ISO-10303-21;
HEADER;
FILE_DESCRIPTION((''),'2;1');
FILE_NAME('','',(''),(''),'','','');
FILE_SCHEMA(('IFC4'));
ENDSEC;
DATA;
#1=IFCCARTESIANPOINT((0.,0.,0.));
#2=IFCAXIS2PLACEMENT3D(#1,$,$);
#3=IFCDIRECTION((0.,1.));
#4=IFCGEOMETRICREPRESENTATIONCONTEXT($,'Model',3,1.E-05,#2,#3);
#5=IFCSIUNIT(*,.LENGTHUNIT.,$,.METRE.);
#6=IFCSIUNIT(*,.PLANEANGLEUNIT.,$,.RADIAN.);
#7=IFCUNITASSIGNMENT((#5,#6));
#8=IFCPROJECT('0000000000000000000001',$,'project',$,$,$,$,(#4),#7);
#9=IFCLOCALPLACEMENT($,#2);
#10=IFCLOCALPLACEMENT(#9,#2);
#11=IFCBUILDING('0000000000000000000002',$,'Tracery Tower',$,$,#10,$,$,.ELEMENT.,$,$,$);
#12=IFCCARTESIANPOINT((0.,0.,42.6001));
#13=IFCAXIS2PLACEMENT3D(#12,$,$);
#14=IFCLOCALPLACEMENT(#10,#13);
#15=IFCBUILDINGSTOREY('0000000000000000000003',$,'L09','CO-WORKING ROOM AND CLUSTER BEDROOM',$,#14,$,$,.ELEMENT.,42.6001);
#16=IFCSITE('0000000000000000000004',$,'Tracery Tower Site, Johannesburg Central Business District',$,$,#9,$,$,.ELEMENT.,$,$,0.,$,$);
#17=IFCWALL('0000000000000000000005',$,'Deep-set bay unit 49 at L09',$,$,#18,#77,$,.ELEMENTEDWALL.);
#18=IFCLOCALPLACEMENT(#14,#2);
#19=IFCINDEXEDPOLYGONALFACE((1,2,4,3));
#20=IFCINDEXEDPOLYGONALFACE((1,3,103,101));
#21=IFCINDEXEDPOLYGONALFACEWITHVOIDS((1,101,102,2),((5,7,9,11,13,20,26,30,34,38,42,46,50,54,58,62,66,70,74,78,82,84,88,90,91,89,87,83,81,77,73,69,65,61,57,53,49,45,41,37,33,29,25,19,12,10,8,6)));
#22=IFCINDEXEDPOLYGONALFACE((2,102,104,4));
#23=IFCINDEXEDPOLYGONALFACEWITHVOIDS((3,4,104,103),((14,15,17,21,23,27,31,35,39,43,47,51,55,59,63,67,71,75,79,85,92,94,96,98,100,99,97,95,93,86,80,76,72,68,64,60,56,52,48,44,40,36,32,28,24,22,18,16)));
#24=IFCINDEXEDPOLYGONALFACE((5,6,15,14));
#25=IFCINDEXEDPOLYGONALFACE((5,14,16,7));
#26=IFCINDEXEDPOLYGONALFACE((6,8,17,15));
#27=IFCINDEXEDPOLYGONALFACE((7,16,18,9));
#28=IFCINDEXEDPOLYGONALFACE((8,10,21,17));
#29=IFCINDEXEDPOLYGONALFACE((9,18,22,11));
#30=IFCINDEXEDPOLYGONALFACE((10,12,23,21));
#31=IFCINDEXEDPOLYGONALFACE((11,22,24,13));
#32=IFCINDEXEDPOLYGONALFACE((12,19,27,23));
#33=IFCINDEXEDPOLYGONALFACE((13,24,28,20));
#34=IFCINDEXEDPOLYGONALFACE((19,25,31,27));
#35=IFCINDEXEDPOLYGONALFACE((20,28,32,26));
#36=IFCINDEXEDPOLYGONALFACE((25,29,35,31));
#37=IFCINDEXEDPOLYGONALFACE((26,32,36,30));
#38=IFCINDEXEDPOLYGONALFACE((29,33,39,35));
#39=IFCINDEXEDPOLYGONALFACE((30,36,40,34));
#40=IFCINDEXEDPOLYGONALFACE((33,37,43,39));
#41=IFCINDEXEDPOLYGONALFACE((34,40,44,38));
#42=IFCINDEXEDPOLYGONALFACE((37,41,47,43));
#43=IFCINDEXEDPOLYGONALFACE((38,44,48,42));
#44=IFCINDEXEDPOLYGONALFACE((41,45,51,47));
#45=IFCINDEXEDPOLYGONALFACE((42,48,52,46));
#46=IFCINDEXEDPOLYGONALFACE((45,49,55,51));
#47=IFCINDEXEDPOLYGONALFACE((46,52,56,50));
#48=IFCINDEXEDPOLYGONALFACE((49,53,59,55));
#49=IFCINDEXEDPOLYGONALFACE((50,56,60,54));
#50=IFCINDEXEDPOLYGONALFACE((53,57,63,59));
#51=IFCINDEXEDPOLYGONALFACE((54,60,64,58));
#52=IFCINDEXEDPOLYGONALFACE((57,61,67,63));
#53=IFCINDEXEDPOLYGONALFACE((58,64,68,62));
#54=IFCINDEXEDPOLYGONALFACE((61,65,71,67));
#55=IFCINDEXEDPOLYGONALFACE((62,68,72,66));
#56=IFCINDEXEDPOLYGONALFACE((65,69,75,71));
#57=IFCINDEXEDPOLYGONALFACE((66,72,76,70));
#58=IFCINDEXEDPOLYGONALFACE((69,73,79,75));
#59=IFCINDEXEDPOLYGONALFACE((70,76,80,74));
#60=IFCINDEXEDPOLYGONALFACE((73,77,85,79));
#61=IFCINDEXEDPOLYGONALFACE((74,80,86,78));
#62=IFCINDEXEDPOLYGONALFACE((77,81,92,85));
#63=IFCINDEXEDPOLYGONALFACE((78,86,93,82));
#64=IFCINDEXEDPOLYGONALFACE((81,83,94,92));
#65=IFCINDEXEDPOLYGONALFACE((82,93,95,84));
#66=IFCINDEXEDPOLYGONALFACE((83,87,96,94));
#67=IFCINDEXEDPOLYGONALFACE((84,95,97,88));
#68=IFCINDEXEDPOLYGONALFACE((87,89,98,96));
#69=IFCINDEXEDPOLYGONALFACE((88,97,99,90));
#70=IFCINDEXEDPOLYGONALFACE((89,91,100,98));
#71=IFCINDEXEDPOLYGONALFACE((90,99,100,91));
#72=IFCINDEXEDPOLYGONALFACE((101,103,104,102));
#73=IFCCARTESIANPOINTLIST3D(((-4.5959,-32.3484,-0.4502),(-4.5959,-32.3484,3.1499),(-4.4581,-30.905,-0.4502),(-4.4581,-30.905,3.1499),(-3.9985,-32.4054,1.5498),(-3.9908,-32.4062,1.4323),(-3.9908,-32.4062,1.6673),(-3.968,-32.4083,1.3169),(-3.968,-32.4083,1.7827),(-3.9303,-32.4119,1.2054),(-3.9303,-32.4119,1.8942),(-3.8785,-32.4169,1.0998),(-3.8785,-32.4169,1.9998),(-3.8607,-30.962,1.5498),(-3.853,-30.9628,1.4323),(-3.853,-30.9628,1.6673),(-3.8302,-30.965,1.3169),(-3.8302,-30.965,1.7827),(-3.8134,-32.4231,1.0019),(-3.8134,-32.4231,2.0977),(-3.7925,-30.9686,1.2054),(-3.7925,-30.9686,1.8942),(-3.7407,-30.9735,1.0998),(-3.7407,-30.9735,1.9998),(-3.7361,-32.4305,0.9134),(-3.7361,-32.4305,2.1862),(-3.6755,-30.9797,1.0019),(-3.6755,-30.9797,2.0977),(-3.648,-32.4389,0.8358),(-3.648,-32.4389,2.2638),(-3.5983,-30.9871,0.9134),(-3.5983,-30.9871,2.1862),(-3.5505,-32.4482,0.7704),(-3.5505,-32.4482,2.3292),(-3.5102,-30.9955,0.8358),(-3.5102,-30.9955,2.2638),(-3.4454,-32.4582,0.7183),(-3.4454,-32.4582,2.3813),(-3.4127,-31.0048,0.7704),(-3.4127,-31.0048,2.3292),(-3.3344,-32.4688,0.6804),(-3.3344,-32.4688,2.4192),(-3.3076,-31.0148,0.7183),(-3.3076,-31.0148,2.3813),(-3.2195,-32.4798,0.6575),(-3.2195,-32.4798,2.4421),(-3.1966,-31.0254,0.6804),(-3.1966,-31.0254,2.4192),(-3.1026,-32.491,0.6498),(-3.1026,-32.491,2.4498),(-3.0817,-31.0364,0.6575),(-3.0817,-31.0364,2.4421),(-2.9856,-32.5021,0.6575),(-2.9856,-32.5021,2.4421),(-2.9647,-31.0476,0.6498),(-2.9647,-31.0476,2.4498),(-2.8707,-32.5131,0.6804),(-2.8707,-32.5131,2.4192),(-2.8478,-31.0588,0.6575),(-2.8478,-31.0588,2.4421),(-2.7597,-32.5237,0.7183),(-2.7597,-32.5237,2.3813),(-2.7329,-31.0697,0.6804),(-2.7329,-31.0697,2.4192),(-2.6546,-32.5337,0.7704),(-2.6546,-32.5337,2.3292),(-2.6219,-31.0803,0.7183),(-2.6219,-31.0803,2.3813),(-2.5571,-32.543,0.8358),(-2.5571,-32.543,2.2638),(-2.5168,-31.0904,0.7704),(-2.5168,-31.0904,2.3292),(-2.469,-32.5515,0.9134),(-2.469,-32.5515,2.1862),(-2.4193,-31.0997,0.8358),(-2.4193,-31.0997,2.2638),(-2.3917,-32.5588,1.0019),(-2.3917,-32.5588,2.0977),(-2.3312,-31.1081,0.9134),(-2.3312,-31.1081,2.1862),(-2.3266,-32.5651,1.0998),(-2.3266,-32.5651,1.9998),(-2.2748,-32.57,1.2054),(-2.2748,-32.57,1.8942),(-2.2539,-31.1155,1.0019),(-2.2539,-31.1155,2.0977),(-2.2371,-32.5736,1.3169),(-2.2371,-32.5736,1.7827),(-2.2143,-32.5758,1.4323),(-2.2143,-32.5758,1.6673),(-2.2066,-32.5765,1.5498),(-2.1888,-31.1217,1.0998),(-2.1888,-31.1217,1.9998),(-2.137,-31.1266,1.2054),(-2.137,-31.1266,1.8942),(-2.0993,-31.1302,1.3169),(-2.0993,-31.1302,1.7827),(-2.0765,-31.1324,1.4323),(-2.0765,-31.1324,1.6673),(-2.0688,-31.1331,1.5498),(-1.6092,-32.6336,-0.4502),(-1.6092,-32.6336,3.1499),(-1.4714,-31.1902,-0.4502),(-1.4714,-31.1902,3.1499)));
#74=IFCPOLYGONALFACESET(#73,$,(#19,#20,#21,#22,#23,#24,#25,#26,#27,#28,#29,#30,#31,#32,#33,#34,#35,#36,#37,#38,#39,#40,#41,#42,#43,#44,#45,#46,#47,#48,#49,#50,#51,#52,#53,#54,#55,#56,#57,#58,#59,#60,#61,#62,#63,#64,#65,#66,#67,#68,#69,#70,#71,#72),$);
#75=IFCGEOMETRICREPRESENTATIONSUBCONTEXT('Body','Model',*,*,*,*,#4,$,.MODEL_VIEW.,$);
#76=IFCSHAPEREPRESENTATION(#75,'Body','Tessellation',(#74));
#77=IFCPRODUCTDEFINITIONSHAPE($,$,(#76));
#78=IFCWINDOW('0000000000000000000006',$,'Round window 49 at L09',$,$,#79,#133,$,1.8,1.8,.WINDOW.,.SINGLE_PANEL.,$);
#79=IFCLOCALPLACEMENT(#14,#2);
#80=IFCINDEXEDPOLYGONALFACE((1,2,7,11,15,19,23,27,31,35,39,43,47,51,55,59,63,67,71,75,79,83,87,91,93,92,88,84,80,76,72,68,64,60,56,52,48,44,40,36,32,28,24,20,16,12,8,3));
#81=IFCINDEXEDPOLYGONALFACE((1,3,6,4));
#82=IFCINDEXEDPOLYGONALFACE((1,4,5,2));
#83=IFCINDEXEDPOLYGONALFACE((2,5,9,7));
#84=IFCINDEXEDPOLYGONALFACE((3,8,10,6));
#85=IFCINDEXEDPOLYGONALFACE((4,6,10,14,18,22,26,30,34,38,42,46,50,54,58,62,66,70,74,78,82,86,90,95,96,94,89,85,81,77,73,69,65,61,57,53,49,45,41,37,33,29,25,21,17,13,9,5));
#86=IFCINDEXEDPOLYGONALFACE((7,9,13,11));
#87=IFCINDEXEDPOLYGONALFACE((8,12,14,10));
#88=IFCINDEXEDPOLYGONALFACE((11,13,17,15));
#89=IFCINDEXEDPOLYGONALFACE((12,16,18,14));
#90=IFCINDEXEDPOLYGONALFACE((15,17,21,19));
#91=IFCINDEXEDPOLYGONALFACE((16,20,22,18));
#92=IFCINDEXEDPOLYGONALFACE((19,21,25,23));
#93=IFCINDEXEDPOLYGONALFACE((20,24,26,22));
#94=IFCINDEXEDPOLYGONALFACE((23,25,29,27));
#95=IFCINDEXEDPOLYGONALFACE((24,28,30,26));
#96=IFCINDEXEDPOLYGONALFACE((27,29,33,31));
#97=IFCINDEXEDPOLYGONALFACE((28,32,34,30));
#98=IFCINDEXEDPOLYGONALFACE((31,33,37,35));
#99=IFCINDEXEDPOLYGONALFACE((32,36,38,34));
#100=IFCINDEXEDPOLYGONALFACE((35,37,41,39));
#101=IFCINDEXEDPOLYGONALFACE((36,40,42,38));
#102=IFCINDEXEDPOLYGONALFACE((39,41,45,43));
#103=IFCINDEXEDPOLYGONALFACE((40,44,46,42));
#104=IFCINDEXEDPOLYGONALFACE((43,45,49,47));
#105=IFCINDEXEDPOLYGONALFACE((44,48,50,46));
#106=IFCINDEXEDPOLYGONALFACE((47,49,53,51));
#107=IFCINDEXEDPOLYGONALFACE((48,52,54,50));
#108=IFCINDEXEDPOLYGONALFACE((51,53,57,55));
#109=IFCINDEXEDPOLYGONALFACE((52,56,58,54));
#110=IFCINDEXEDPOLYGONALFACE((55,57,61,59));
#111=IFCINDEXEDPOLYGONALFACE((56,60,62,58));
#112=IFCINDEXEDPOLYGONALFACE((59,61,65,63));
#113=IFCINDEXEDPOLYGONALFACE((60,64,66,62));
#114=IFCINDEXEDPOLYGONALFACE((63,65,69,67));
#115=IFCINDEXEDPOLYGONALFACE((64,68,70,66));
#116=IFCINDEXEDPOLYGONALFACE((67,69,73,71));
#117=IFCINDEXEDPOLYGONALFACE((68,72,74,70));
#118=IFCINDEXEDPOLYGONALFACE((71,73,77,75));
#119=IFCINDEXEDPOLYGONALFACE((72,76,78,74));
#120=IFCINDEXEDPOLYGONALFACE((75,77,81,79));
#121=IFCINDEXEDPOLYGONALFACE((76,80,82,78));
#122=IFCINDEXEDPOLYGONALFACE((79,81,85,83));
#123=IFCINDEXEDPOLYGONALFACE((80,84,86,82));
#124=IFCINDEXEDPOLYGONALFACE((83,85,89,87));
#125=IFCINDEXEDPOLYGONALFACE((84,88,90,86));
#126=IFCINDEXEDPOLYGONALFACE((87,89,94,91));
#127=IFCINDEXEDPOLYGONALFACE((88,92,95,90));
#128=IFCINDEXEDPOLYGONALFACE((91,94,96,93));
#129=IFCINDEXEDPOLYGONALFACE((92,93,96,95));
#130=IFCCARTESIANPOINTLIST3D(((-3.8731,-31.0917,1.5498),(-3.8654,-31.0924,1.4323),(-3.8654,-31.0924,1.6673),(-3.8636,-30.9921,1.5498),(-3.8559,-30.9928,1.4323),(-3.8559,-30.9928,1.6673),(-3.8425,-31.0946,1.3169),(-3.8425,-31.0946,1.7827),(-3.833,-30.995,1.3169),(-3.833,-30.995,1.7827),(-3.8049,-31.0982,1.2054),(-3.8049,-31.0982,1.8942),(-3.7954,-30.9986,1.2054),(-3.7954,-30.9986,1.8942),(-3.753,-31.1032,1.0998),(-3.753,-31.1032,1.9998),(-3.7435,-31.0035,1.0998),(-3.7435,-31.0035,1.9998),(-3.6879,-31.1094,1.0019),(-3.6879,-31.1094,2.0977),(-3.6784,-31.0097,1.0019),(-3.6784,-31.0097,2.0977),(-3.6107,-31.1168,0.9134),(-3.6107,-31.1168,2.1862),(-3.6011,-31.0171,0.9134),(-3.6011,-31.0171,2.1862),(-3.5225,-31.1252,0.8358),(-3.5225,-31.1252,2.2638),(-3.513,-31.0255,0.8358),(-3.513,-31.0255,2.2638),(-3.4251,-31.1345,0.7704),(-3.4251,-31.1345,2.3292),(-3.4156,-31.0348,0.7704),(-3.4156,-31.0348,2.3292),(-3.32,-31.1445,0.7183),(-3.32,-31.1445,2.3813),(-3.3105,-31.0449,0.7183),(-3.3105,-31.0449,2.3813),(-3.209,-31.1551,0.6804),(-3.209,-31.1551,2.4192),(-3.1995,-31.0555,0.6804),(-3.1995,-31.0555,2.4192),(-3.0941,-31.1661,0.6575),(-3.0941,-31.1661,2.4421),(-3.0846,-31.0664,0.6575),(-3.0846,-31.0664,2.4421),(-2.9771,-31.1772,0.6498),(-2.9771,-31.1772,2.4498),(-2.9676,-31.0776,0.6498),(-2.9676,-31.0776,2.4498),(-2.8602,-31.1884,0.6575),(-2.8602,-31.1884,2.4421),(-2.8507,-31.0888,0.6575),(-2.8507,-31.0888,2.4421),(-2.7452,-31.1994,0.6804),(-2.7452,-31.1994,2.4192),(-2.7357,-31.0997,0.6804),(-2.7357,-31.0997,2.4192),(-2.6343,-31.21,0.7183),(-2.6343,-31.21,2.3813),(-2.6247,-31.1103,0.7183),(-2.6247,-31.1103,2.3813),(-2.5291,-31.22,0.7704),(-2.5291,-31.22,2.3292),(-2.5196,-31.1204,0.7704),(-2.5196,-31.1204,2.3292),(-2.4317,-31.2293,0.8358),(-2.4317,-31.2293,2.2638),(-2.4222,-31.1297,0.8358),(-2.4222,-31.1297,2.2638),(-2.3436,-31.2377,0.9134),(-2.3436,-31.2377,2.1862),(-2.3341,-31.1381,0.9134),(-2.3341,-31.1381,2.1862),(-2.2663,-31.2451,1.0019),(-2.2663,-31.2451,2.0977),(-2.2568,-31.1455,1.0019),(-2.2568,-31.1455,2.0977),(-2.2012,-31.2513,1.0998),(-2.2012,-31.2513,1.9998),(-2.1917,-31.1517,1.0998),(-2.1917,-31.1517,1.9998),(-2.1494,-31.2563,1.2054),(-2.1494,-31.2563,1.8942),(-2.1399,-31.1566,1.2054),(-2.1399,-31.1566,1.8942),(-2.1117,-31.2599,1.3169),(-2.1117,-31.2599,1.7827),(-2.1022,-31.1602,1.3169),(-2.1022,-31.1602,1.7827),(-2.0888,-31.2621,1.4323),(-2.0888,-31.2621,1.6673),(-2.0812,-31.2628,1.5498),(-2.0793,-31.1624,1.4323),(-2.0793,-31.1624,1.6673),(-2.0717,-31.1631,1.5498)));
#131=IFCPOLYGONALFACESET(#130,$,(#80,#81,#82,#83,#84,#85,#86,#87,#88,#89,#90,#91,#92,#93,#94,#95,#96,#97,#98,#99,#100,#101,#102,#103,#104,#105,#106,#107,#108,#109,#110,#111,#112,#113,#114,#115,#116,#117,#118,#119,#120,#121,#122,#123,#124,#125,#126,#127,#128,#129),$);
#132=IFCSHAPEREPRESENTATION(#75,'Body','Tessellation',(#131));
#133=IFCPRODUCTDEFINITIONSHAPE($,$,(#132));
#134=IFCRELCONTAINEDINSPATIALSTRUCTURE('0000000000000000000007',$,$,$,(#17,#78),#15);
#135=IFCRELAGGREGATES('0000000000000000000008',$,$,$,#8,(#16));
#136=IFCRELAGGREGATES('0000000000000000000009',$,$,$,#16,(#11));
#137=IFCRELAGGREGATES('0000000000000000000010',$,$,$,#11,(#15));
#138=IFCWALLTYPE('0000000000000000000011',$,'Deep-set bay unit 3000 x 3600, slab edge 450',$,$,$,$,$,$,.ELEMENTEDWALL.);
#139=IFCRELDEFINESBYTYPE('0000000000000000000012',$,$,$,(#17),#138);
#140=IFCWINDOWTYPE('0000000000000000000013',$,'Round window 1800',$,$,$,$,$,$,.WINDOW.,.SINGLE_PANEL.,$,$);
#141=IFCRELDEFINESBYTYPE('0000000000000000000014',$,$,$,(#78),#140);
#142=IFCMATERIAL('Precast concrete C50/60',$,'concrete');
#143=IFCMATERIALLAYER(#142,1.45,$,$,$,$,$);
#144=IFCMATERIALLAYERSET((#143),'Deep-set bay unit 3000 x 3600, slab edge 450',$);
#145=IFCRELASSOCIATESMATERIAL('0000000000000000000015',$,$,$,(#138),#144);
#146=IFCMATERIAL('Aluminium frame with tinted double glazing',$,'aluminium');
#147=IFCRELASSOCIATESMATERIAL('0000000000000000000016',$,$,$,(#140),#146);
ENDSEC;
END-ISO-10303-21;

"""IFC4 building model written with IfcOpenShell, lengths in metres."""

from ifc_helpers import new_model, si_unit, direction, frame, frame_2d, origin, origin_2d, place, context, subcontext, project, spatial, rectangle, circle, extrude, material, layer, layer_set, type_object, element, fill, save


model = new_model("IFC4")

# Units and contexts
model_context = context("Model", 3, precision=1e-05, world=origin(), true_north=direction((0.0, 1.0)))
body_context = subcontext(model_context, "Body", "Model", "MODEL_VIEW")
ifc_project = project(units=[si_unit("LENGTHUNIT", "METRE"), si_unit("PLANEANGLEUNIT", "RADIAN")], contexts=[model_context])

# Site, building, storey
site_placement = place(None, origin())
site = spatial("IfcSite", under=ifc_project, at=site_placement, Name="Tracery Tower Site, Johannesburg Central Business District", CompositionType="ELEMENT", RefElevation=0.0)
building_placement = place(site_placement, origin())
building = spatial("IfcBuilding", under=site, at=building_placement, Name="Tracery Tower", CompositionType="ELEMENT")
storey_placement = place(building_placement, frame((0.0, 0.0, 42.6001)))
storey = spatial("IfcBuildingStorey", under=building, at=storey_placement, Name="L09", Description="CO-WORKING ROOM AND CLUSTER BEDROOM", CompositionType="ELEMENT", Elevation=42.6001)

# Wall, opening, window
ifc_material_1 = material(Name="Precast concrete C50/60", Category="concrete")
ifc_layer_1 = layer(ifc_material_1, 1.45)
ifc_layer_set_1 = layer_set([ifc_layer_1], Name="Deep-set bay unit 3000 x 3600, slab edge 450")
wall_type_1 = type_object("IfcWallType", Name="Deep-set bay unit 3000 x 3600, slab edge 450", PredefinedType="ELEMENTEDWALL", material=ifc_layer_set_1)
ifc_material_2 = material(Name="Aluminium frame with tinted double glazing", Category="aluminium")
window_type = type_object("IfcWindowType", Name="Round window 1800", PartitioningType="SINGLE_PANEL", PredefinedType="WINDOW", material=ifc_material_2)
wall_1_placement = place(storey_placement, frame((-4.5269, -31.6267, -0.4502), z_axis=(0.0, 0.0, 1.0), x_axis=(0.995473, -0.095047, 0.0)))
wall_1 = element("IfcWall", 1, at=wall_1_placement, inside=storey, type_object=wall_type_1, Name="Deep-set bay unit 49 at L09", PredefinedType="ELEMENTEDWALL", context=body_context, shape_type="SweptSolid", body=[
    extrude(rectangle(XDim=3.0002, YDim=1.45, at=frame_2d((1.5, 0.0))), origin(), (0.0, 0.0, 1.0), 3.6001),
])
opening_1_placement = place(wall_1_placement, frame((1.5, 0.0, 2.0)))
opening_1 = element("IfcOpeningElement", 2, at=opening_1_placement, cuts=wall_1, PredefinedType="OPENING", context=body_context, shape_type="SweptSolid", body=[
    extrude(circle(Radius=0.9, at=origin_2d()), frame((0.0, 0.7349, 0.0), z_axis=(0.0, -1.0, 0.0), x_axis=(1.0, 0.0, 0.0)), (0.0, 0.0, 1.0), 1.47),
])
window_1_placement = place(opening_1_placement, origin())
window_1 = element("IfcWindow", 3, at=window_1_placement, inside=storey, type_object=window_type, Name="Round window 49 at L09", OverallHeight=1.8, OverallWidth=1.8, PartitioningType="SINGLE_PANEL", PredefinedType="WINDOW", context=body_context, shape_type="SweptSolid", body=[
    extrude(circle(Radius=0.9, at=origin_2d()), frame((0.0, 0.6948, 0.0), z_axis=(0.0, -1.0, 0.0), x_axis=(1.0, 0.0, 0.0)), (0.0, 0.0, 1.0), 0.1001),
])
fill(opening_1, window_1)

save(model, "model.ifc")
